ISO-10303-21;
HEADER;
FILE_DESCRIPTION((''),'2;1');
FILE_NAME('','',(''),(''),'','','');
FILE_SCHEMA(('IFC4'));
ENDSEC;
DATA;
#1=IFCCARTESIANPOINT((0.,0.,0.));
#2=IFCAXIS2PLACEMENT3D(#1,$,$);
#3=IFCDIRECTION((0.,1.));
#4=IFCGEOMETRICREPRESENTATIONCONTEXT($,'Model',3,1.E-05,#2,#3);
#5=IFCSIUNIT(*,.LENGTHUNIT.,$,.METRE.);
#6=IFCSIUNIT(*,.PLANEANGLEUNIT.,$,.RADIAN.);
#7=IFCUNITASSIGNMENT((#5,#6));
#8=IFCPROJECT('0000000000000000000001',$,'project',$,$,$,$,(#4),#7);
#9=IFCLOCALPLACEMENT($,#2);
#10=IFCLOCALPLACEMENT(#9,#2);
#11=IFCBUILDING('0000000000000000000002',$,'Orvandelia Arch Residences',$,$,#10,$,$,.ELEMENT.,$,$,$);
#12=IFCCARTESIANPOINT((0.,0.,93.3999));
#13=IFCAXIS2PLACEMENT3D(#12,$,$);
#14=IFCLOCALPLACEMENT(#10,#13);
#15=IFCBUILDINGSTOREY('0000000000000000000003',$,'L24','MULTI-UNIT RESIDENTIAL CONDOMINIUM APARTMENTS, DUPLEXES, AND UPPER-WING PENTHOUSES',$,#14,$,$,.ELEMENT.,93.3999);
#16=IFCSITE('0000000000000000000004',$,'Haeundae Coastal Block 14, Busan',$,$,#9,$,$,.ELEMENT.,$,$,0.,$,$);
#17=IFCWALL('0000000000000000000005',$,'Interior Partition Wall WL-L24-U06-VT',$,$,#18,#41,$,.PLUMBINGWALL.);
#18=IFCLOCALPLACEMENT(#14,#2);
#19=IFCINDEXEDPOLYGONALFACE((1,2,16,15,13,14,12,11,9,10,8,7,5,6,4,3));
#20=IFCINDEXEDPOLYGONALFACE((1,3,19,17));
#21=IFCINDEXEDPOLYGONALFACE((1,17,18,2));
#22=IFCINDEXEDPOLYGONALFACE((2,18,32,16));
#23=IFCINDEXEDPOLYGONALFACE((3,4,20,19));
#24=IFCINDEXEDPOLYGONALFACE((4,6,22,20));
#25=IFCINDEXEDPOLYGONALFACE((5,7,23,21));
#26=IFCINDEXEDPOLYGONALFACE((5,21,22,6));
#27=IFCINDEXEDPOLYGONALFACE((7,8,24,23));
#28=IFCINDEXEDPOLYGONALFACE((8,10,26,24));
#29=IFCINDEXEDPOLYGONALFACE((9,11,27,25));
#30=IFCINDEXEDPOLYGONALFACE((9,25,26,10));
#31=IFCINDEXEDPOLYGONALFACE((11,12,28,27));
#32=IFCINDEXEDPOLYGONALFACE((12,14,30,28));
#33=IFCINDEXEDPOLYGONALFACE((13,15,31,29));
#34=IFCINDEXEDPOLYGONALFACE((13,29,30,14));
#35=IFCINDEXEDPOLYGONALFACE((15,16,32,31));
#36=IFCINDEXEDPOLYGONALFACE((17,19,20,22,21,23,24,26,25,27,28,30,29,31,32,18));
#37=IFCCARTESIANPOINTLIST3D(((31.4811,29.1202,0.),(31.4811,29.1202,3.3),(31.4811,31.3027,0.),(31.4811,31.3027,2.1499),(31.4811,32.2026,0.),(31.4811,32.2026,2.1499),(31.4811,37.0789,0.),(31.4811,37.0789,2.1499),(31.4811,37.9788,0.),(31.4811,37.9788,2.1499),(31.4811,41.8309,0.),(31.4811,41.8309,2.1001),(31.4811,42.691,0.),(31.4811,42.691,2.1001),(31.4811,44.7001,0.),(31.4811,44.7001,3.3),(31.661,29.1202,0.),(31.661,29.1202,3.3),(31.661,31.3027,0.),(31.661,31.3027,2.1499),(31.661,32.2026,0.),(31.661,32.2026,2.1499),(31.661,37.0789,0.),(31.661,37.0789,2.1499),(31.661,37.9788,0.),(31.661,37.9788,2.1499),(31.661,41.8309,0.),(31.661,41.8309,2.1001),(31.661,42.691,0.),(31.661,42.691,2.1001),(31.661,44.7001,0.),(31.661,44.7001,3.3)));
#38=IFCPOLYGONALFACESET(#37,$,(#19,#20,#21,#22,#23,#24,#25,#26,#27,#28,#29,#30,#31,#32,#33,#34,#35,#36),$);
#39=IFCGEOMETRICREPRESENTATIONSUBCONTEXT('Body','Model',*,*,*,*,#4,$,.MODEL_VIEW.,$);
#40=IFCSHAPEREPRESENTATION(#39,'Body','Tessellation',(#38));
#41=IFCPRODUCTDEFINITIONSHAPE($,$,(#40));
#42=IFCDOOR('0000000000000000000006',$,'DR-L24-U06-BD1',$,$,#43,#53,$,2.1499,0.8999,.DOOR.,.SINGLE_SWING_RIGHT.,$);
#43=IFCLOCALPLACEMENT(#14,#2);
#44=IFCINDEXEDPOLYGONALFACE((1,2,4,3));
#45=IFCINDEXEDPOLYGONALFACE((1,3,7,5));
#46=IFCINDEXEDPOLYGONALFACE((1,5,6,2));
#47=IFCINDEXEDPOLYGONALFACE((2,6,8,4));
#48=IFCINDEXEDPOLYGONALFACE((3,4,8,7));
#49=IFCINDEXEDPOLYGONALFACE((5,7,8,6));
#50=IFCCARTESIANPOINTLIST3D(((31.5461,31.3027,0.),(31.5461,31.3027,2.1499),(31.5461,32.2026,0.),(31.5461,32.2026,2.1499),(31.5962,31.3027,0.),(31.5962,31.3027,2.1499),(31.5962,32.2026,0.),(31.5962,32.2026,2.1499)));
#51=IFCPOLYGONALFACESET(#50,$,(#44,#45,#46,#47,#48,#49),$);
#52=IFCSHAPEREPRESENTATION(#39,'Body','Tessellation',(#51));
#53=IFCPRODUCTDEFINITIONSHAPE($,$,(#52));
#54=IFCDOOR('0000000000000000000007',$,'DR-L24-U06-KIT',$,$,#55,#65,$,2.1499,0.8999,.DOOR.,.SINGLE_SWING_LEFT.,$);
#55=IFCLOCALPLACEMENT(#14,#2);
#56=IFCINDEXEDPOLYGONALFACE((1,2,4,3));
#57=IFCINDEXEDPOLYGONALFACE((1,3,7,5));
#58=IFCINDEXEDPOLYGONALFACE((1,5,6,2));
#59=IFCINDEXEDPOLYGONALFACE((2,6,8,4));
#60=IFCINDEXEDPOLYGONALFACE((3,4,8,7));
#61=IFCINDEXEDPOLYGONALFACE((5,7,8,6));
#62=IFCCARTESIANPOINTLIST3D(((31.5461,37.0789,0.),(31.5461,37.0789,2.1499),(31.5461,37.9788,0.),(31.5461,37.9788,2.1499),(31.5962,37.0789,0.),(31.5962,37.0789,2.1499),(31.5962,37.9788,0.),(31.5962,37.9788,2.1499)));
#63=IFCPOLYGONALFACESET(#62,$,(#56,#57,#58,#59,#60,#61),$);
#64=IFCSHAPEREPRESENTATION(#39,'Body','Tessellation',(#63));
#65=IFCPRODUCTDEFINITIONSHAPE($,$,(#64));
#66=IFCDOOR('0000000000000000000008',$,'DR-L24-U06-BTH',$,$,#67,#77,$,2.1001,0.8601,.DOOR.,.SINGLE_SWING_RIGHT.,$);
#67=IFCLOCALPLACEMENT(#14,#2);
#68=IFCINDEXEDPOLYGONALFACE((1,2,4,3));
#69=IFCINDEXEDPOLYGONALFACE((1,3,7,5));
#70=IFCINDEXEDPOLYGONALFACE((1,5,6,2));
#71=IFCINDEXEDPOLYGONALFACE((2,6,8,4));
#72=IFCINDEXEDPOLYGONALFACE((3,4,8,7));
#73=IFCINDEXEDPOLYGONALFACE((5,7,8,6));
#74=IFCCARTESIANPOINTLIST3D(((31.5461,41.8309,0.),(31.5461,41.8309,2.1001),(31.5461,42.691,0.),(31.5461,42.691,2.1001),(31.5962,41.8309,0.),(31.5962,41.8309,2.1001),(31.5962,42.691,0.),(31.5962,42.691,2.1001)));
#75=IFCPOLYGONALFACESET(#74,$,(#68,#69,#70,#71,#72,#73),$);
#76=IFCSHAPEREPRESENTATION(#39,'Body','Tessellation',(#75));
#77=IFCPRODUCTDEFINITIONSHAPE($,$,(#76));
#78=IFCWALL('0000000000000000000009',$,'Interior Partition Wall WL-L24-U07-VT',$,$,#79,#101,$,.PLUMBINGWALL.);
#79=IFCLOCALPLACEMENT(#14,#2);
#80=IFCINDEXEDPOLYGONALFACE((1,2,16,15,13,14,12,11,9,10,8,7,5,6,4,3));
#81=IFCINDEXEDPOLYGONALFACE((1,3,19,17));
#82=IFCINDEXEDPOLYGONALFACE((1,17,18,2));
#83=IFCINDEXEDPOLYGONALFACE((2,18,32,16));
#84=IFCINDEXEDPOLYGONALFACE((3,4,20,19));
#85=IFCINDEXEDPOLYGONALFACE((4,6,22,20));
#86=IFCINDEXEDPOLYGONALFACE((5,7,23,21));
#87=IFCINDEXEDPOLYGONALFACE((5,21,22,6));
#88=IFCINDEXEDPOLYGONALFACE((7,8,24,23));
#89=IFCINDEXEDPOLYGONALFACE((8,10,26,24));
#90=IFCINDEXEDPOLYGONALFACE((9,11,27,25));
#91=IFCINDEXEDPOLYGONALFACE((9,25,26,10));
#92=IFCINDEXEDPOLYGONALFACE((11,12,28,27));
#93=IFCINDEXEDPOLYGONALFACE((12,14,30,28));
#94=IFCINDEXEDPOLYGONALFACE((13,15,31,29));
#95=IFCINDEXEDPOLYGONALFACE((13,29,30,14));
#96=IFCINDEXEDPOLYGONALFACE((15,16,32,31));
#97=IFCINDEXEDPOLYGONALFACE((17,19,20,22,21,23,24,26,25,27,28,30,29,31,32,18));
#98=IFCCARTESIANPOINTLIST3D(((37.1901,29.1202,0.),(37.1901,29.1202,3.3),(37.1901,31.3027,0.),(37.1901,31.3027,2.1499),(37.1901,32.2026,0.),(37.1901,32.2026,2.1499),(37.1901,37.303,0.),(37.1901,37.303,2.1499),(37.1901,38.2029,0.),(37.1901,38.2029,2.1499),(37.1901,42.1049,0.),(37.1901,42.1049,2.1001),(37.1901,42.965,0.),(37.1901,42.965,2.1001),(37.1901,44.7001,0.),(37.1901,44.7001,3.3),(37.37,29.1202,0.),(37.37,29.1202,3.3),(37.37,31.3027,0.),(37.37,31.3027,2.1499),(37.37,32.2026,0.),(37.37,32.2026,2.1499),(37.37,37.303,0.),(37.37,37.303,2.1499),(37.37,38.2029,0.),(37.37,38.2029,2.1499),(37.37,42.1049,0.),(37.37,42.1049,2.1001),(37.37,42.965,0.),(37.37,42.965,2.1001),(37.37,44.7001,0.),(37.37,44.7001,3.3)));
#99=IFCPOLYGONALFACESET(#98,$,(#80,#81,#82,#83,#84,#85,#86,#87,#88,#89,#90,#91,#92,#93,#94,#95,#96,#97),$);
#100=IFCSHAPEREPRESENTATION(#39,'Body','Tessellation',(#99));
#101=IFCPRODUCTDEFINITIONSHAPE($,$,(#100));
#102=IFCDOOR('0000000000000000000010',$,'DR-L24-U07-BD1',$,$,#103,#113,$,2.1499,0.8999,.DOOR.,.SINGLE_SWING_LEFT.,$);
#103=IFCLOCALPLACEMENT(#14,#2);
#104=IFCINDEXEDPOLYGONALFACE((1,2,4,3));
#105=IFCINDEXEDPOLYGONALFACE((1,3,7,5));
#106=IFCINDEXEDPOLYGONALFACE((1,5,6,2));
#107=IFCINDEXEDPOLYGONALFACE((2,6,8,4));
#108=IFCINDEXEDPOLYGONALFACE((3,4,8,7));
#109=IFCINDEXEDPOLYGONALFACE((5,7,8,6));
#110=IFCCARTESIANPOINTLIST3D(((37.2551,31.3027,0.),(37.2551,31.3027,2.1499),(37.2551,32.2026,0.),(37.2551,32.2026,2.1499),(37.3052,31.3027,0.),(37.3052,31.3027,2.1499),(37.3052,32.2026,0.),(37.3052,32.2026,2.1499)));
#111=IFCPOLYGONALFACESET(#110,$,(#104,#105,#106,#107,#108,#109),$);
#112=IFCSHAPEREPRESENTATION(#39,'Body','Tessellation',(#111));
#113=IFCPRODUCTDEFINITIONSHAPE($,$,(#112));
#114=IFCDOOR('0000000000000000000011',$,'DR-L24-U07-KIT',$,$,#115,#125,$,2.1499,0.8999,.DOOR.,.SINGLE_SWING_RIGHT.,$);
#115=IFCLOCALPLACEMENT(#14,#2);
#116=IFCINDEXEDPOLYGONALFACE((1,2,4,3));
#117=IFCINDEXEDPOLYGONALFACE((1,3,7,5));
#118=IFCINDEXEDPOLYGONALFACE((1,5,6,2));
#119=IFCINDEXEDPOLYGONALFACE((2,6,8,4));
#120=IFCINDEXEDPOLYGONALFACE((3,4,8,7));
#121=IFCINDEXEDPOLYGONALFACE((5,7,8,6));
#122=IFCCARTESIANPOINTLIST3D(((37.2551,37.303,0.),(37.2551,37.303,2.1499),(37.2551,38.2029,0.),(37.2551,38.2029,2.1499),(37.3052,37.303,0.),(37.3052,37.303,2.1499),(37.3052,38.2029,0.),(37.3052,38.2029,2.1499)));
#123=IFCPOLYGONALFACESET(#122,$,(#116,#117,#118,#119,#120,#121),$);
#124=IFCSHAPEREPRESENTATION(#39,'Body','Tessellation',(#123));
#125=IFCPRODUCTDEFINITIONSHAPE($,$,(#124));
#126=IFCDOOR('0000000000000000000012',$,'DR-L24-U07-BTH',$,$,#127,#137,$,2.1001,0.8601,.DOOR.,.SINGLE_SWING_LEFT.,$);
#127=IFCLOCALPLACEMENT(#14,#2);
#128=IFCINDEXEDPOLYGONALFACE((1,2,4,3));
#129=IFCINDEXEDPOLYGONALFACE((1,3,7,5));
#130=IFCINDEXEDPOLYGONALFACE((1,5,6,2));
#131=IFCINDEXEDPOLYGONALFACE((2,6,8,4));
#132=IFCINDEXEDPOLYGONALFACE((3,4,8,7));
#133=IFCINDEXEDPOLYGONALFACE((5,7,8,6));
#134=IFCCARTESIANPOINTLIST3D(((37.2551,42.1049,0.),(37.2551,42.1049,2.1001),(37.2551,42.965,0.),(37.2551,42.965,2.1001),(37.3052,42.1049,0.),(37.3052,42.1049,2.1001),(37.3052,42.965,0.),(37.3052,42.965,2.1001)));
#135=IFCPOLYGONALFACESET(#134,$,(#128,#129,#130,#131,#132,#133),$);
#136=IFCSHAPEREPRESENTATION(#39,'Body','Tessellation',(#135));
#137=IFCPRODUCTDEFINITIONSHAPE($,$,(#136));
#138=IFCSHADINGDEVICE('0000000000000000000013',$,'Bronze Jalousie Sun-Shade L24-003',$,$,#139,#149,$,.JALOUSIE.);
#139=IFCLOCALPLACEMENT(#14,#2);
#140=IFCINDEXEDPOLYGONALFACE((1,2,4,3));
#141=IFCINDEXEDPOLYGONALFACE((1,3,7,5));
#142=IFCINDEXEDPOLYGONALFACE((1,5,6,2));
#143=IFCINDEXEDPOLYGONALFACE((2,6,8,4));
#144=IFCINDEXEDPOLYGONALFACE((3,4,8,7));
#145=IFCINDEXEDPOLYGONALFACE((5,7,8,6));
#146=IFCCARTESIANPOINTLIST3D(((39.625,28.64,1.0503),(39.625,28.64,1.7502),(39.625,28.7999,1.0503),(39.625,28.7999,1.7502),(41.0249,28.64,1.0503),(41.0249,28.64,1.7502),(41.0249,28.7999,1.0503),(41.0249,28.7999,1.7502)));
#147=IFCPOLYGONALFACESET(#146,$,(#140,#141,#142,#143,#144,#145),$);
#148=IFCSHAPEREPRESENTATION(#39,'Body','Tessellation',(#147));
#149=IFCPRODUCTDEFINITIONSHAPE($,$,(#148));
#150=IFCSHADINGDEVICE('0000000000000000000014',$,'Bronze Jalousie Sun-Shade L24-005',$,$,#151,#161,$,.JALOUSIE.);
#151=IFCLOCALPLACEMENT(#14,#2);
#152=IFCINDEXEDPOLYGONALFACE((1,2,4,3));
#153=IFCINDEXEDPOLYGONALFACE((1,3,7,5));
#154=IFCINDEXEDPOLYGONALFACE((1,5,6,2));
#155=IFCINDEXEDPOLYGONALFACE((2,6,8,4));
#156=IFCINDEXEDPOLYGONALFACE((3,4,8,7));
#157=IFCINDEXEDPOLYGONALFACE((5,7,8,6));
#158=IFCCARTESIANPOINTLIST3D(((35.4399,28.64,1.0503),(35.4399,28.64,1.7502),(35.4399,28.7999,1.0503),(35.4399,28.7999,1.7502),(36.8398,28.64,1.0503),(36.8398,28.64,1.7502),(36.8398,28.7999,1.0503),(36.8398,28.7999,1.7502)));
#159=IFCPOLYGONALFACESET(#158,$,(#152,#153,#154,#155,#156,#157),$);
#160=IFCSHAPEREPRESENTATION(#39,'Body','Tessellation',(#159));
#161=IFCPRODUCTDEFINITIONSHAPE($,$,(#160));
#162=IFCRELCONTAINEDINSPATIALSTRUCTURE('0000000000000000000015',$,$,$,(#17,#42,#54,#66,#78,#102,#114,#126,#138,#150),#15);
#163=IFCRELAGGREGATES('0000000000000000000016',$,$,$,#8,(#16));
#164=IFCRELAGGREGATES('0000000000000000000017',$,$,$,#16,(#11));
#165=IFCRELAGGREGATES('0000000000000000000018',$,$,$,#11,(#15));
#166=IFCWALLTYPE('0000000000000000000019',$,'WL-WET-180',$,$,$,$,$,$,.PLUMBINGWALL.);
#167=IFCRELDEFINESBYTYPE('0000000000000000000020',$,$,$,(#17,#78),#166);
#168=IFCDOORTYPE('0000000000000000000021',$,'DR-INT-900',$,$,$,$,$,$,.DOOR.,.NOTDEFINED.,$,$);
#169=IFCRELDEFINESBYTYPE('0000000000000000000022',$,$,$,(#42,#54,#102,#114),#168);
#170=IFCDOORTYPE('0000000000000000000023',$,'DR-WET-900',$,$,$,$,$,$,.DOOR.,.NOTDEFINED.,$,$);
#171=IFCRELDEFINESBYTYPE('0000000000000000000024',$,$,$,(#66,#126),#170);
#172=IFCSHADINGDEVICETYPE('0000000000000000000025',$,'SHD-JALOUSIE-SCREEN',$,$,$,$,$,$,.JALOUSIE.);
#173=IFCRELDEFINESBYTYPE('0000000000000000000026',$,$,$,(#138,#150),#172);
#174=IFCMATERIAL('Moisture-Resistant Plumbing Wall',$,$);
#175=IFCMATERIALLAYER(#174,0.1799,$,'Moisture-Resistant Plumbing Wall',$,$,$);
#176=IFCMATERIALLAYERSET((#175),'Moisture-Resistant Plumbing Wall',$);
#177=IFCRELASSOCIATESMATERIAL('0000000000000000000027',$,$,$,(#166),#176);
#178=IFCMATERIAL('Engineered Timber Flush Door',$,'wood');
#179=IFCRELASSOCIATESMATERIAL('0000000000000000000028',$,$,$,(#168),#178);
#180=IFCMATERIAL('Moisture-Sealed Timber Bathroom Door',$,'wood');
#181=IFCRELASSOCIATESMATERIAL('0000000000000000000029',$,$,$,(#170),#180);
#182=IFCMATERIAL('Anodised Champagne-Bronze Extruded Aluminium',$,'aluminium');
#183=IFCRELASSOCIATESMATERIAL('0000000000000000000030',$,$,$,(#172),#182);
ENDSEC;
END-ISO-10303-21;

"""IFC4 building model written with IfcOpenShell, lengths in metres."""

from ifc_helpers import new_model, si_unit, direction, frame, frame_2d, origin, origin_2d, place, context, subcontext, project, spatial, rectangle, extrude, material, layer, layer_set, type_object, element, fill, save


model = new_model("IFC4")

# Units and contexts
model_context = context("Model", 3, precision=1e-05, world=origin(), true_north=direction((0.0, 1.0)))
body_context = subcontext(model_context, "Body", "Model", "MODEL_VIEW")
ifc_project = project(units=[si_unit("LENGTHUNIT", "METRE"), si_unit("PLANEANGLEUNIT", "RADIAN")], contexts=[model_context])

# Site, building, storey
site_placement = place(None, origin())
site = spatial("IfcSite", under=ifc_project, at=site_placement, Name="Haeundae Coastal Block 14, Busan", CompositionType="ELEMENT", RefElevation=0.0)
building_placement = place(site_placement, origin())
building = spatial("IfcBuilding", under=site, at=building_placement, Name="Orvandelia Arch Residences", CompositionType="ELEMENT")
storey_placement = place(building_placement, frame((0.0, 0.0, 93.3999)))
storey = spatial("IfcBuildingStorey", under=building, at=storey_placement, Name="L24", Description="MULTI-UNIT RESIDENTIAL CONDOMINIUM APARTMENTS, DUPLEXES, AND UPPER-WING PENTHOUSES", CompositionType="ELEMENT", Elevation=93.3999)

# Walls, openings, doors
ifc_material_1 = material(Name="Moisture-Resistant Plumbing Wall")
ifc_layer_1 = layer(ifc_material_1, 0.1799, Name="Moisture-Resistant Plumbing Wall")
ifc_layer_set_1 = layer_set([ifc_layer_1], Name="Moisture-Resistant Plumbing Wall")
wall_type_1 = type_object("IfcWallType", Name="WL-WET-180", PredefinedType="PLUMBINGWALL", material=ifc_layer_set_1)
wall_1_placement = place(storey_placement, frame((31.571, 29.1201, 0.0), z_axis=(0.0, 0.0, 1.0), x_axis=(0.0, 1.0, 0.0)))
wall_1 = element("IfcWall", 1, at=wall_1_placement, inside=storey, type_object=wall_type_1, Name="Interior Partition Wall WL-L24-U06-VT", PredefinedType="PLUMBINGWALL", context=body_context, shape_type="SweptSolid", body=[
    extrude(rectangle(XDim=15.5798, YDim=0.1799, at=frame_2d((7.79, 0.0))), origin(), (0.0, 0.0, 1.0), 3.3),
])
opening_1_placement = place(wall_1_placement, frame((2.1826, 0.0, 0.0)))
opening_1 = element("IfcOpeningElement", 2, at=opening_1_placement, cuts=wall_1, PredefinedType="OPENING", context=body_context, shape_type="SweptSolid", body=[
    extrude(rectangle(XDim=0.8999, YDim=2.1499, at=frame_2d((0.45, 1.075))), frame((0.0, 0.1001, 0.0), z_axis=(0.0, -1.0, 0.0), x_axis=(1.0, 0.0, 0.0)), (0.0, 0.0, 1.0), 0.2),
])
opening_2_placement = place(wall_1_placement, frame((7.9587, 0.0, 0.0)))
opening_2 = element("IfcOpeningElement", 3, at=opening_2_placement, cuts=wall_1, PredefinedType="OPENING", context=body_context, shape_type="SweptSolid", body=[
    extrude(rectangle(XDim=0.8999, YDim=2.1499, at=frame_2d((0.45, 1.075))), frame((0.0, 0.1001, 0.0), z_axis=(0.0, -1.0, 0.0), x_axis=(1.0, 0.0, 0.0)), (0.0, 0.0, 1.0), 0.2),
])
opening_3_placement = place(wall_1_placement, frame((12.7107, 0.0, 0.0)))
opening_3 = element("IfcOpeningElement", 4, at=opening_3_placement, cuts=wall_1, PredefinedType="OPENING", context=body_context, shape_type="SweptSolid", body=[
    extrude(rectangle(XDim=0.8601, YDim=2.1001, at=frame_2d((0.4302, 1.05))), frame((0.0, 0.1001, 0.0), z_axis=(0.0, -1.0, 0.0), x_axis=(1.0, 0.0, 0.0)), (0.0, 0.0, 1.0), 0.2),
])
ifc_material_2 = material(Name="Engineered Timber Flush Door", Category="wood")
door_type_1 = type_object("IfcDoorType", Name="DR-INT-900", OperationType="NOTDEFINED", PredefinedType="DOOR", material=ifc_material_2)
door_1_placement = place(opening_1_placement, origin())
door_1 = element("IfcDoor", 5, at=door_1_placement, inside=storey, type_object=door_type_1, Name="DR-L24-U06-BD1", OperationType="SINGLE_SWING_RIGHT", OverallHeight=2.1499, OverallWidth=0.8999, PredefinedType="DOOR", context=body_context, shape_type="SweptSolid", body=[
    extrude(rectangle(XDim=0.8999, YDim=2.1499, at=frame_2d((0.45, 1.075))), frame((0.0, 0.0249, 0.0), z_axis=(0.0, -1.0, 0.0), x_axis=(1.0, 0.0, 0.0)), (0.0, 0.0, 1.0), 0.05),
])
fill(opening_1, door_1)
door_2_placement = place(opening_2_placement, origin())
door_2 = element("IfcDoor", 6, at=door_2_placement, inside=storey, type_object=door_type_1, Name="DR-L24-U06-KIT", OperationType="SINGLE_SWING_LEFT", OverallHeight=2.1499, OverallWidth=0.8999, PredefinedType="DOOR", context=body_context, shape_type="SweptSolid", body=[
    extrude(rectangle(XDim=0.8999, YDim=2.1499, at=frame_2d((0.45, 1.075))), frame((0.0, 0.0249, 0.0), z_axis=(0.0, -1.0, 0.0), x_axis=(1.0, 0.0, 0.0)), (0.0, 0.0, 1.0), 0.05),
])
fill(opening_2, door_2)
ifc_material_3 = material(Name="Moisture-Sealed Timber Bathroom Door", Category="wood")
door_type_2 = type_object("IfcDoorType", Name="DR-WET-900", OperationType="NOTDEFINED", PredefinedType="DOOR", material=ifc_material_3)
door_3_placement = place(opening_3_placement, origin())
door_3 = element("IfcDoor", 7, at=door_3_placement, inside=storey, type_object=door_type_2, Name="DR-L24-U06-BTH", OperationType="SINGLE_SWING_RIGHT", OverallHeight=2.1001, OverallWidth=0.8601, PredefinedType="DOOR", context=body_context, shape_type="SweptSolid", body=[
    extrude(rectangle(XDim=0.8601, YDim=2.1001, at=frame_2d((0.4302, 1.05))), frame((0.0, 0.0249, 0.0), z_axis=(0.0, -1.0, 0.0), x_axis=(1.0, 0.0, 0.0)), (0.0, 0.0, 1.0), 0.05),
])
fill(opening_3, door_3)
wall_2_placement = place(storey_placement, frame((37.28, 29.1201, 0.0), z_axis=(0.0, 0.0, 1.0), x_axis=(0.0, 1.0, 0.0)))
wall_2 = element("IfcWall", 8, at=wall_2_placement, inside=storey, type_object=wall_type_1, Name="Interior Partition Wall WL-L24-U07-VT", PredefinedType="PLUMBINGWALL", context=body_context, shape_type="SweptSolid", body=[
    extrude(rectangle(XDim=15.5798, YDim=0.1799, at=frame_2d((7.79, 0.0))), origin(), (0.0, 0.0, 1.0), 3.3),
])
opening_4_placement = place(wall_2_placement, frame((2.1826, 0.0, 0.0)))
opening_4 = element("IfcOpeningElement", 9, at=opening_4_placement, cuts=wall_2, PredefinedType="OPENING", context=body_context, shape_type="SweptSolid", body=[
    extrude(rectangle(XDim=0.8999, YDim=2.1499, at=frame_2d((0.45, 1.075))), frame((0.0, 0.1001, 0.0), z_axis=(0.0, -1.0, 0.0), x_axis=(1.0, 0.0, 0.0)), (0.0, 0.0, 1.0), 0.2),
])
opening_5_placement = place(wall_2_placement, frame((8.1829, 0.0, 0.0)))
opening_5 = element("IfcOpeningElement", 10, at=opening_5_placement, cuts=wall_2, PredefinedType="OPENING", context=body_context, shape_type="SweptSolid", body=[
    extrude(rectangle(XDim=0.8999, YDim=2.1499, at=frame_2d((0.45, 1.075))), frame((0.0, 0.1001, 0.0), z_axis=(0.0, -1.0, 0.0), x_axis=(1.0, 0.0, 0.0)), (0.0, 0.0, 1.0), 0.2),
])
opening_6_placement = place(wall_2_placement, frame((12.9846, 0.0, 0.0)))
opening_6 = element("IfcOpeningElement", 11, at=opening_6_placement, cuts=wall_2, PredefinedType="OPENING", context=body_context, shape_type="SweptSolid", body=[
    extrude(rectangle(XDim=0.8601, YDim=2.1001, at=frame_2d((0.4302, 1.05))), frame((0.0, 0.1001, 0.0), z_axis=(0.0, -1.0, 0.0), x_axis=(1.0, 0.0, 0.0)), (0.0, 0.0, 1.0), 0.2),
])
door_4_placement = place(opening_4_placement, origin())
door_4 = element("IfcDoor", 12, at=door_4_placement, inside=storey, type_object=door_type_1, Name="DR-L24-U07-BD1", OperationType="SINGLE_SWING_LEFT", OverallHeight=2.1499, OverallWidth=0.8999, PredefinedType="DOOR", context=body_context, shape_type="SweptSolid", body=[
    extrude(rectangle(XDim=0.8999, YDim=2.1499, at=frame_2d((0.45, 1.075))), frame((0.0, 0.0249, 0.0), z_axis=(0.0, -1.0, 0.0), x_axis=(1.0, 0.0, 0.0)), (0.0, 0.0, 1.0), 0.05),
])
fill(opening_4, door_4)
door_5_placement = place(opening_5_placement, origin())
door_5 = element("IfcDoor", 13, at=door_5_placement, inside=storey, type_object=door_type_1, Name="DR-L24-U07-KIT", OperationType="SINGLE_SWING_RIGHT", OverallHeight=2.1499, OverallWidth=0.8999, PredefinedType="DOOR", context=body_context, shape_type="SweptSolid", body=[
    extrude(rectangle(XDim=0.8999, YDim=2.1499, at=frame_2d((0.45, 1.075))), frame((0.0, 0.0249, 0.0), z_axis=(0.0, -1.0, 0.0), x_axis=(1.0, 0.0, 0.0)), (0.0, 0.0, 1.0), 0.05),
])
fill(opening_5, door_5)
door_6_placement = place(opening_6_placement, origin())
door_6 = element("IfcDoor", 14, at=door_6_placement, inside=storey, type_object=door_type_2, Name="DR-L24-U07-BTH", OperationType="SINGLE_SWING_LEFT", OverallHeight=2.1001, OverallWidth=0.8601, PredefinedType="DOOR", context=body_context, shape_type="SweptSolid", body=[
    extrude(rectangle(XDim=0.8601, YDim=2.1001, at=frame_2d((0.4302, 1.05))), frame((0.0, 0.0249, 0.0), z_axis=(0.0, -1.0, 0.0), x_axis=(1.0, 0.0, 0.0)), (0.0, 0.0, 1.0), 0.05),
])
fill(opening_6, door_6)

# Shading devices
ifc_material_4 = material(Name="Anodised Champagne-Bronze Extruded Aluminium", Category="aluminium")
shading_device_type_1 = type_object("IfcShadingDeviceType", Name="SHD-JALOUSIE-SCREEN", PredefinedType="JALOUSIE", material=ifc_material_4)
for number, where, z_axis, x_axis, name in (
    (15, (40.325, 28.72, 1.0503), (0.0, 0.0, 1.0), (-1.0, 0.0, 0.0), "Bronze Jalousie Sun-Shade L24-003"),
    (16, (36.1399, 28.72, 1.0503), (0.0, 0.0, 1.0), (-1.0, 0.0, 0.0), "Bronze Jalousie Sun-Shade L24-005"),
):
    element("IfcShadingDevice", number, at=place(storey_placement, frame(where, z_axis=z_axis, x_axis=x_axis)), inside=storey, type_object=shading_device_type_1, Name=name, PredefinedType="JALOUSIE", context=body_context, shape_type="SweptSolid", body=[
        extrude(rectangle(XDim=1.3999, YDim=0.1599, at=origin_2d()), origin(), (0.0, 0.0, 1.0), 0.7),
    ])

save(model, "model.ifc")
